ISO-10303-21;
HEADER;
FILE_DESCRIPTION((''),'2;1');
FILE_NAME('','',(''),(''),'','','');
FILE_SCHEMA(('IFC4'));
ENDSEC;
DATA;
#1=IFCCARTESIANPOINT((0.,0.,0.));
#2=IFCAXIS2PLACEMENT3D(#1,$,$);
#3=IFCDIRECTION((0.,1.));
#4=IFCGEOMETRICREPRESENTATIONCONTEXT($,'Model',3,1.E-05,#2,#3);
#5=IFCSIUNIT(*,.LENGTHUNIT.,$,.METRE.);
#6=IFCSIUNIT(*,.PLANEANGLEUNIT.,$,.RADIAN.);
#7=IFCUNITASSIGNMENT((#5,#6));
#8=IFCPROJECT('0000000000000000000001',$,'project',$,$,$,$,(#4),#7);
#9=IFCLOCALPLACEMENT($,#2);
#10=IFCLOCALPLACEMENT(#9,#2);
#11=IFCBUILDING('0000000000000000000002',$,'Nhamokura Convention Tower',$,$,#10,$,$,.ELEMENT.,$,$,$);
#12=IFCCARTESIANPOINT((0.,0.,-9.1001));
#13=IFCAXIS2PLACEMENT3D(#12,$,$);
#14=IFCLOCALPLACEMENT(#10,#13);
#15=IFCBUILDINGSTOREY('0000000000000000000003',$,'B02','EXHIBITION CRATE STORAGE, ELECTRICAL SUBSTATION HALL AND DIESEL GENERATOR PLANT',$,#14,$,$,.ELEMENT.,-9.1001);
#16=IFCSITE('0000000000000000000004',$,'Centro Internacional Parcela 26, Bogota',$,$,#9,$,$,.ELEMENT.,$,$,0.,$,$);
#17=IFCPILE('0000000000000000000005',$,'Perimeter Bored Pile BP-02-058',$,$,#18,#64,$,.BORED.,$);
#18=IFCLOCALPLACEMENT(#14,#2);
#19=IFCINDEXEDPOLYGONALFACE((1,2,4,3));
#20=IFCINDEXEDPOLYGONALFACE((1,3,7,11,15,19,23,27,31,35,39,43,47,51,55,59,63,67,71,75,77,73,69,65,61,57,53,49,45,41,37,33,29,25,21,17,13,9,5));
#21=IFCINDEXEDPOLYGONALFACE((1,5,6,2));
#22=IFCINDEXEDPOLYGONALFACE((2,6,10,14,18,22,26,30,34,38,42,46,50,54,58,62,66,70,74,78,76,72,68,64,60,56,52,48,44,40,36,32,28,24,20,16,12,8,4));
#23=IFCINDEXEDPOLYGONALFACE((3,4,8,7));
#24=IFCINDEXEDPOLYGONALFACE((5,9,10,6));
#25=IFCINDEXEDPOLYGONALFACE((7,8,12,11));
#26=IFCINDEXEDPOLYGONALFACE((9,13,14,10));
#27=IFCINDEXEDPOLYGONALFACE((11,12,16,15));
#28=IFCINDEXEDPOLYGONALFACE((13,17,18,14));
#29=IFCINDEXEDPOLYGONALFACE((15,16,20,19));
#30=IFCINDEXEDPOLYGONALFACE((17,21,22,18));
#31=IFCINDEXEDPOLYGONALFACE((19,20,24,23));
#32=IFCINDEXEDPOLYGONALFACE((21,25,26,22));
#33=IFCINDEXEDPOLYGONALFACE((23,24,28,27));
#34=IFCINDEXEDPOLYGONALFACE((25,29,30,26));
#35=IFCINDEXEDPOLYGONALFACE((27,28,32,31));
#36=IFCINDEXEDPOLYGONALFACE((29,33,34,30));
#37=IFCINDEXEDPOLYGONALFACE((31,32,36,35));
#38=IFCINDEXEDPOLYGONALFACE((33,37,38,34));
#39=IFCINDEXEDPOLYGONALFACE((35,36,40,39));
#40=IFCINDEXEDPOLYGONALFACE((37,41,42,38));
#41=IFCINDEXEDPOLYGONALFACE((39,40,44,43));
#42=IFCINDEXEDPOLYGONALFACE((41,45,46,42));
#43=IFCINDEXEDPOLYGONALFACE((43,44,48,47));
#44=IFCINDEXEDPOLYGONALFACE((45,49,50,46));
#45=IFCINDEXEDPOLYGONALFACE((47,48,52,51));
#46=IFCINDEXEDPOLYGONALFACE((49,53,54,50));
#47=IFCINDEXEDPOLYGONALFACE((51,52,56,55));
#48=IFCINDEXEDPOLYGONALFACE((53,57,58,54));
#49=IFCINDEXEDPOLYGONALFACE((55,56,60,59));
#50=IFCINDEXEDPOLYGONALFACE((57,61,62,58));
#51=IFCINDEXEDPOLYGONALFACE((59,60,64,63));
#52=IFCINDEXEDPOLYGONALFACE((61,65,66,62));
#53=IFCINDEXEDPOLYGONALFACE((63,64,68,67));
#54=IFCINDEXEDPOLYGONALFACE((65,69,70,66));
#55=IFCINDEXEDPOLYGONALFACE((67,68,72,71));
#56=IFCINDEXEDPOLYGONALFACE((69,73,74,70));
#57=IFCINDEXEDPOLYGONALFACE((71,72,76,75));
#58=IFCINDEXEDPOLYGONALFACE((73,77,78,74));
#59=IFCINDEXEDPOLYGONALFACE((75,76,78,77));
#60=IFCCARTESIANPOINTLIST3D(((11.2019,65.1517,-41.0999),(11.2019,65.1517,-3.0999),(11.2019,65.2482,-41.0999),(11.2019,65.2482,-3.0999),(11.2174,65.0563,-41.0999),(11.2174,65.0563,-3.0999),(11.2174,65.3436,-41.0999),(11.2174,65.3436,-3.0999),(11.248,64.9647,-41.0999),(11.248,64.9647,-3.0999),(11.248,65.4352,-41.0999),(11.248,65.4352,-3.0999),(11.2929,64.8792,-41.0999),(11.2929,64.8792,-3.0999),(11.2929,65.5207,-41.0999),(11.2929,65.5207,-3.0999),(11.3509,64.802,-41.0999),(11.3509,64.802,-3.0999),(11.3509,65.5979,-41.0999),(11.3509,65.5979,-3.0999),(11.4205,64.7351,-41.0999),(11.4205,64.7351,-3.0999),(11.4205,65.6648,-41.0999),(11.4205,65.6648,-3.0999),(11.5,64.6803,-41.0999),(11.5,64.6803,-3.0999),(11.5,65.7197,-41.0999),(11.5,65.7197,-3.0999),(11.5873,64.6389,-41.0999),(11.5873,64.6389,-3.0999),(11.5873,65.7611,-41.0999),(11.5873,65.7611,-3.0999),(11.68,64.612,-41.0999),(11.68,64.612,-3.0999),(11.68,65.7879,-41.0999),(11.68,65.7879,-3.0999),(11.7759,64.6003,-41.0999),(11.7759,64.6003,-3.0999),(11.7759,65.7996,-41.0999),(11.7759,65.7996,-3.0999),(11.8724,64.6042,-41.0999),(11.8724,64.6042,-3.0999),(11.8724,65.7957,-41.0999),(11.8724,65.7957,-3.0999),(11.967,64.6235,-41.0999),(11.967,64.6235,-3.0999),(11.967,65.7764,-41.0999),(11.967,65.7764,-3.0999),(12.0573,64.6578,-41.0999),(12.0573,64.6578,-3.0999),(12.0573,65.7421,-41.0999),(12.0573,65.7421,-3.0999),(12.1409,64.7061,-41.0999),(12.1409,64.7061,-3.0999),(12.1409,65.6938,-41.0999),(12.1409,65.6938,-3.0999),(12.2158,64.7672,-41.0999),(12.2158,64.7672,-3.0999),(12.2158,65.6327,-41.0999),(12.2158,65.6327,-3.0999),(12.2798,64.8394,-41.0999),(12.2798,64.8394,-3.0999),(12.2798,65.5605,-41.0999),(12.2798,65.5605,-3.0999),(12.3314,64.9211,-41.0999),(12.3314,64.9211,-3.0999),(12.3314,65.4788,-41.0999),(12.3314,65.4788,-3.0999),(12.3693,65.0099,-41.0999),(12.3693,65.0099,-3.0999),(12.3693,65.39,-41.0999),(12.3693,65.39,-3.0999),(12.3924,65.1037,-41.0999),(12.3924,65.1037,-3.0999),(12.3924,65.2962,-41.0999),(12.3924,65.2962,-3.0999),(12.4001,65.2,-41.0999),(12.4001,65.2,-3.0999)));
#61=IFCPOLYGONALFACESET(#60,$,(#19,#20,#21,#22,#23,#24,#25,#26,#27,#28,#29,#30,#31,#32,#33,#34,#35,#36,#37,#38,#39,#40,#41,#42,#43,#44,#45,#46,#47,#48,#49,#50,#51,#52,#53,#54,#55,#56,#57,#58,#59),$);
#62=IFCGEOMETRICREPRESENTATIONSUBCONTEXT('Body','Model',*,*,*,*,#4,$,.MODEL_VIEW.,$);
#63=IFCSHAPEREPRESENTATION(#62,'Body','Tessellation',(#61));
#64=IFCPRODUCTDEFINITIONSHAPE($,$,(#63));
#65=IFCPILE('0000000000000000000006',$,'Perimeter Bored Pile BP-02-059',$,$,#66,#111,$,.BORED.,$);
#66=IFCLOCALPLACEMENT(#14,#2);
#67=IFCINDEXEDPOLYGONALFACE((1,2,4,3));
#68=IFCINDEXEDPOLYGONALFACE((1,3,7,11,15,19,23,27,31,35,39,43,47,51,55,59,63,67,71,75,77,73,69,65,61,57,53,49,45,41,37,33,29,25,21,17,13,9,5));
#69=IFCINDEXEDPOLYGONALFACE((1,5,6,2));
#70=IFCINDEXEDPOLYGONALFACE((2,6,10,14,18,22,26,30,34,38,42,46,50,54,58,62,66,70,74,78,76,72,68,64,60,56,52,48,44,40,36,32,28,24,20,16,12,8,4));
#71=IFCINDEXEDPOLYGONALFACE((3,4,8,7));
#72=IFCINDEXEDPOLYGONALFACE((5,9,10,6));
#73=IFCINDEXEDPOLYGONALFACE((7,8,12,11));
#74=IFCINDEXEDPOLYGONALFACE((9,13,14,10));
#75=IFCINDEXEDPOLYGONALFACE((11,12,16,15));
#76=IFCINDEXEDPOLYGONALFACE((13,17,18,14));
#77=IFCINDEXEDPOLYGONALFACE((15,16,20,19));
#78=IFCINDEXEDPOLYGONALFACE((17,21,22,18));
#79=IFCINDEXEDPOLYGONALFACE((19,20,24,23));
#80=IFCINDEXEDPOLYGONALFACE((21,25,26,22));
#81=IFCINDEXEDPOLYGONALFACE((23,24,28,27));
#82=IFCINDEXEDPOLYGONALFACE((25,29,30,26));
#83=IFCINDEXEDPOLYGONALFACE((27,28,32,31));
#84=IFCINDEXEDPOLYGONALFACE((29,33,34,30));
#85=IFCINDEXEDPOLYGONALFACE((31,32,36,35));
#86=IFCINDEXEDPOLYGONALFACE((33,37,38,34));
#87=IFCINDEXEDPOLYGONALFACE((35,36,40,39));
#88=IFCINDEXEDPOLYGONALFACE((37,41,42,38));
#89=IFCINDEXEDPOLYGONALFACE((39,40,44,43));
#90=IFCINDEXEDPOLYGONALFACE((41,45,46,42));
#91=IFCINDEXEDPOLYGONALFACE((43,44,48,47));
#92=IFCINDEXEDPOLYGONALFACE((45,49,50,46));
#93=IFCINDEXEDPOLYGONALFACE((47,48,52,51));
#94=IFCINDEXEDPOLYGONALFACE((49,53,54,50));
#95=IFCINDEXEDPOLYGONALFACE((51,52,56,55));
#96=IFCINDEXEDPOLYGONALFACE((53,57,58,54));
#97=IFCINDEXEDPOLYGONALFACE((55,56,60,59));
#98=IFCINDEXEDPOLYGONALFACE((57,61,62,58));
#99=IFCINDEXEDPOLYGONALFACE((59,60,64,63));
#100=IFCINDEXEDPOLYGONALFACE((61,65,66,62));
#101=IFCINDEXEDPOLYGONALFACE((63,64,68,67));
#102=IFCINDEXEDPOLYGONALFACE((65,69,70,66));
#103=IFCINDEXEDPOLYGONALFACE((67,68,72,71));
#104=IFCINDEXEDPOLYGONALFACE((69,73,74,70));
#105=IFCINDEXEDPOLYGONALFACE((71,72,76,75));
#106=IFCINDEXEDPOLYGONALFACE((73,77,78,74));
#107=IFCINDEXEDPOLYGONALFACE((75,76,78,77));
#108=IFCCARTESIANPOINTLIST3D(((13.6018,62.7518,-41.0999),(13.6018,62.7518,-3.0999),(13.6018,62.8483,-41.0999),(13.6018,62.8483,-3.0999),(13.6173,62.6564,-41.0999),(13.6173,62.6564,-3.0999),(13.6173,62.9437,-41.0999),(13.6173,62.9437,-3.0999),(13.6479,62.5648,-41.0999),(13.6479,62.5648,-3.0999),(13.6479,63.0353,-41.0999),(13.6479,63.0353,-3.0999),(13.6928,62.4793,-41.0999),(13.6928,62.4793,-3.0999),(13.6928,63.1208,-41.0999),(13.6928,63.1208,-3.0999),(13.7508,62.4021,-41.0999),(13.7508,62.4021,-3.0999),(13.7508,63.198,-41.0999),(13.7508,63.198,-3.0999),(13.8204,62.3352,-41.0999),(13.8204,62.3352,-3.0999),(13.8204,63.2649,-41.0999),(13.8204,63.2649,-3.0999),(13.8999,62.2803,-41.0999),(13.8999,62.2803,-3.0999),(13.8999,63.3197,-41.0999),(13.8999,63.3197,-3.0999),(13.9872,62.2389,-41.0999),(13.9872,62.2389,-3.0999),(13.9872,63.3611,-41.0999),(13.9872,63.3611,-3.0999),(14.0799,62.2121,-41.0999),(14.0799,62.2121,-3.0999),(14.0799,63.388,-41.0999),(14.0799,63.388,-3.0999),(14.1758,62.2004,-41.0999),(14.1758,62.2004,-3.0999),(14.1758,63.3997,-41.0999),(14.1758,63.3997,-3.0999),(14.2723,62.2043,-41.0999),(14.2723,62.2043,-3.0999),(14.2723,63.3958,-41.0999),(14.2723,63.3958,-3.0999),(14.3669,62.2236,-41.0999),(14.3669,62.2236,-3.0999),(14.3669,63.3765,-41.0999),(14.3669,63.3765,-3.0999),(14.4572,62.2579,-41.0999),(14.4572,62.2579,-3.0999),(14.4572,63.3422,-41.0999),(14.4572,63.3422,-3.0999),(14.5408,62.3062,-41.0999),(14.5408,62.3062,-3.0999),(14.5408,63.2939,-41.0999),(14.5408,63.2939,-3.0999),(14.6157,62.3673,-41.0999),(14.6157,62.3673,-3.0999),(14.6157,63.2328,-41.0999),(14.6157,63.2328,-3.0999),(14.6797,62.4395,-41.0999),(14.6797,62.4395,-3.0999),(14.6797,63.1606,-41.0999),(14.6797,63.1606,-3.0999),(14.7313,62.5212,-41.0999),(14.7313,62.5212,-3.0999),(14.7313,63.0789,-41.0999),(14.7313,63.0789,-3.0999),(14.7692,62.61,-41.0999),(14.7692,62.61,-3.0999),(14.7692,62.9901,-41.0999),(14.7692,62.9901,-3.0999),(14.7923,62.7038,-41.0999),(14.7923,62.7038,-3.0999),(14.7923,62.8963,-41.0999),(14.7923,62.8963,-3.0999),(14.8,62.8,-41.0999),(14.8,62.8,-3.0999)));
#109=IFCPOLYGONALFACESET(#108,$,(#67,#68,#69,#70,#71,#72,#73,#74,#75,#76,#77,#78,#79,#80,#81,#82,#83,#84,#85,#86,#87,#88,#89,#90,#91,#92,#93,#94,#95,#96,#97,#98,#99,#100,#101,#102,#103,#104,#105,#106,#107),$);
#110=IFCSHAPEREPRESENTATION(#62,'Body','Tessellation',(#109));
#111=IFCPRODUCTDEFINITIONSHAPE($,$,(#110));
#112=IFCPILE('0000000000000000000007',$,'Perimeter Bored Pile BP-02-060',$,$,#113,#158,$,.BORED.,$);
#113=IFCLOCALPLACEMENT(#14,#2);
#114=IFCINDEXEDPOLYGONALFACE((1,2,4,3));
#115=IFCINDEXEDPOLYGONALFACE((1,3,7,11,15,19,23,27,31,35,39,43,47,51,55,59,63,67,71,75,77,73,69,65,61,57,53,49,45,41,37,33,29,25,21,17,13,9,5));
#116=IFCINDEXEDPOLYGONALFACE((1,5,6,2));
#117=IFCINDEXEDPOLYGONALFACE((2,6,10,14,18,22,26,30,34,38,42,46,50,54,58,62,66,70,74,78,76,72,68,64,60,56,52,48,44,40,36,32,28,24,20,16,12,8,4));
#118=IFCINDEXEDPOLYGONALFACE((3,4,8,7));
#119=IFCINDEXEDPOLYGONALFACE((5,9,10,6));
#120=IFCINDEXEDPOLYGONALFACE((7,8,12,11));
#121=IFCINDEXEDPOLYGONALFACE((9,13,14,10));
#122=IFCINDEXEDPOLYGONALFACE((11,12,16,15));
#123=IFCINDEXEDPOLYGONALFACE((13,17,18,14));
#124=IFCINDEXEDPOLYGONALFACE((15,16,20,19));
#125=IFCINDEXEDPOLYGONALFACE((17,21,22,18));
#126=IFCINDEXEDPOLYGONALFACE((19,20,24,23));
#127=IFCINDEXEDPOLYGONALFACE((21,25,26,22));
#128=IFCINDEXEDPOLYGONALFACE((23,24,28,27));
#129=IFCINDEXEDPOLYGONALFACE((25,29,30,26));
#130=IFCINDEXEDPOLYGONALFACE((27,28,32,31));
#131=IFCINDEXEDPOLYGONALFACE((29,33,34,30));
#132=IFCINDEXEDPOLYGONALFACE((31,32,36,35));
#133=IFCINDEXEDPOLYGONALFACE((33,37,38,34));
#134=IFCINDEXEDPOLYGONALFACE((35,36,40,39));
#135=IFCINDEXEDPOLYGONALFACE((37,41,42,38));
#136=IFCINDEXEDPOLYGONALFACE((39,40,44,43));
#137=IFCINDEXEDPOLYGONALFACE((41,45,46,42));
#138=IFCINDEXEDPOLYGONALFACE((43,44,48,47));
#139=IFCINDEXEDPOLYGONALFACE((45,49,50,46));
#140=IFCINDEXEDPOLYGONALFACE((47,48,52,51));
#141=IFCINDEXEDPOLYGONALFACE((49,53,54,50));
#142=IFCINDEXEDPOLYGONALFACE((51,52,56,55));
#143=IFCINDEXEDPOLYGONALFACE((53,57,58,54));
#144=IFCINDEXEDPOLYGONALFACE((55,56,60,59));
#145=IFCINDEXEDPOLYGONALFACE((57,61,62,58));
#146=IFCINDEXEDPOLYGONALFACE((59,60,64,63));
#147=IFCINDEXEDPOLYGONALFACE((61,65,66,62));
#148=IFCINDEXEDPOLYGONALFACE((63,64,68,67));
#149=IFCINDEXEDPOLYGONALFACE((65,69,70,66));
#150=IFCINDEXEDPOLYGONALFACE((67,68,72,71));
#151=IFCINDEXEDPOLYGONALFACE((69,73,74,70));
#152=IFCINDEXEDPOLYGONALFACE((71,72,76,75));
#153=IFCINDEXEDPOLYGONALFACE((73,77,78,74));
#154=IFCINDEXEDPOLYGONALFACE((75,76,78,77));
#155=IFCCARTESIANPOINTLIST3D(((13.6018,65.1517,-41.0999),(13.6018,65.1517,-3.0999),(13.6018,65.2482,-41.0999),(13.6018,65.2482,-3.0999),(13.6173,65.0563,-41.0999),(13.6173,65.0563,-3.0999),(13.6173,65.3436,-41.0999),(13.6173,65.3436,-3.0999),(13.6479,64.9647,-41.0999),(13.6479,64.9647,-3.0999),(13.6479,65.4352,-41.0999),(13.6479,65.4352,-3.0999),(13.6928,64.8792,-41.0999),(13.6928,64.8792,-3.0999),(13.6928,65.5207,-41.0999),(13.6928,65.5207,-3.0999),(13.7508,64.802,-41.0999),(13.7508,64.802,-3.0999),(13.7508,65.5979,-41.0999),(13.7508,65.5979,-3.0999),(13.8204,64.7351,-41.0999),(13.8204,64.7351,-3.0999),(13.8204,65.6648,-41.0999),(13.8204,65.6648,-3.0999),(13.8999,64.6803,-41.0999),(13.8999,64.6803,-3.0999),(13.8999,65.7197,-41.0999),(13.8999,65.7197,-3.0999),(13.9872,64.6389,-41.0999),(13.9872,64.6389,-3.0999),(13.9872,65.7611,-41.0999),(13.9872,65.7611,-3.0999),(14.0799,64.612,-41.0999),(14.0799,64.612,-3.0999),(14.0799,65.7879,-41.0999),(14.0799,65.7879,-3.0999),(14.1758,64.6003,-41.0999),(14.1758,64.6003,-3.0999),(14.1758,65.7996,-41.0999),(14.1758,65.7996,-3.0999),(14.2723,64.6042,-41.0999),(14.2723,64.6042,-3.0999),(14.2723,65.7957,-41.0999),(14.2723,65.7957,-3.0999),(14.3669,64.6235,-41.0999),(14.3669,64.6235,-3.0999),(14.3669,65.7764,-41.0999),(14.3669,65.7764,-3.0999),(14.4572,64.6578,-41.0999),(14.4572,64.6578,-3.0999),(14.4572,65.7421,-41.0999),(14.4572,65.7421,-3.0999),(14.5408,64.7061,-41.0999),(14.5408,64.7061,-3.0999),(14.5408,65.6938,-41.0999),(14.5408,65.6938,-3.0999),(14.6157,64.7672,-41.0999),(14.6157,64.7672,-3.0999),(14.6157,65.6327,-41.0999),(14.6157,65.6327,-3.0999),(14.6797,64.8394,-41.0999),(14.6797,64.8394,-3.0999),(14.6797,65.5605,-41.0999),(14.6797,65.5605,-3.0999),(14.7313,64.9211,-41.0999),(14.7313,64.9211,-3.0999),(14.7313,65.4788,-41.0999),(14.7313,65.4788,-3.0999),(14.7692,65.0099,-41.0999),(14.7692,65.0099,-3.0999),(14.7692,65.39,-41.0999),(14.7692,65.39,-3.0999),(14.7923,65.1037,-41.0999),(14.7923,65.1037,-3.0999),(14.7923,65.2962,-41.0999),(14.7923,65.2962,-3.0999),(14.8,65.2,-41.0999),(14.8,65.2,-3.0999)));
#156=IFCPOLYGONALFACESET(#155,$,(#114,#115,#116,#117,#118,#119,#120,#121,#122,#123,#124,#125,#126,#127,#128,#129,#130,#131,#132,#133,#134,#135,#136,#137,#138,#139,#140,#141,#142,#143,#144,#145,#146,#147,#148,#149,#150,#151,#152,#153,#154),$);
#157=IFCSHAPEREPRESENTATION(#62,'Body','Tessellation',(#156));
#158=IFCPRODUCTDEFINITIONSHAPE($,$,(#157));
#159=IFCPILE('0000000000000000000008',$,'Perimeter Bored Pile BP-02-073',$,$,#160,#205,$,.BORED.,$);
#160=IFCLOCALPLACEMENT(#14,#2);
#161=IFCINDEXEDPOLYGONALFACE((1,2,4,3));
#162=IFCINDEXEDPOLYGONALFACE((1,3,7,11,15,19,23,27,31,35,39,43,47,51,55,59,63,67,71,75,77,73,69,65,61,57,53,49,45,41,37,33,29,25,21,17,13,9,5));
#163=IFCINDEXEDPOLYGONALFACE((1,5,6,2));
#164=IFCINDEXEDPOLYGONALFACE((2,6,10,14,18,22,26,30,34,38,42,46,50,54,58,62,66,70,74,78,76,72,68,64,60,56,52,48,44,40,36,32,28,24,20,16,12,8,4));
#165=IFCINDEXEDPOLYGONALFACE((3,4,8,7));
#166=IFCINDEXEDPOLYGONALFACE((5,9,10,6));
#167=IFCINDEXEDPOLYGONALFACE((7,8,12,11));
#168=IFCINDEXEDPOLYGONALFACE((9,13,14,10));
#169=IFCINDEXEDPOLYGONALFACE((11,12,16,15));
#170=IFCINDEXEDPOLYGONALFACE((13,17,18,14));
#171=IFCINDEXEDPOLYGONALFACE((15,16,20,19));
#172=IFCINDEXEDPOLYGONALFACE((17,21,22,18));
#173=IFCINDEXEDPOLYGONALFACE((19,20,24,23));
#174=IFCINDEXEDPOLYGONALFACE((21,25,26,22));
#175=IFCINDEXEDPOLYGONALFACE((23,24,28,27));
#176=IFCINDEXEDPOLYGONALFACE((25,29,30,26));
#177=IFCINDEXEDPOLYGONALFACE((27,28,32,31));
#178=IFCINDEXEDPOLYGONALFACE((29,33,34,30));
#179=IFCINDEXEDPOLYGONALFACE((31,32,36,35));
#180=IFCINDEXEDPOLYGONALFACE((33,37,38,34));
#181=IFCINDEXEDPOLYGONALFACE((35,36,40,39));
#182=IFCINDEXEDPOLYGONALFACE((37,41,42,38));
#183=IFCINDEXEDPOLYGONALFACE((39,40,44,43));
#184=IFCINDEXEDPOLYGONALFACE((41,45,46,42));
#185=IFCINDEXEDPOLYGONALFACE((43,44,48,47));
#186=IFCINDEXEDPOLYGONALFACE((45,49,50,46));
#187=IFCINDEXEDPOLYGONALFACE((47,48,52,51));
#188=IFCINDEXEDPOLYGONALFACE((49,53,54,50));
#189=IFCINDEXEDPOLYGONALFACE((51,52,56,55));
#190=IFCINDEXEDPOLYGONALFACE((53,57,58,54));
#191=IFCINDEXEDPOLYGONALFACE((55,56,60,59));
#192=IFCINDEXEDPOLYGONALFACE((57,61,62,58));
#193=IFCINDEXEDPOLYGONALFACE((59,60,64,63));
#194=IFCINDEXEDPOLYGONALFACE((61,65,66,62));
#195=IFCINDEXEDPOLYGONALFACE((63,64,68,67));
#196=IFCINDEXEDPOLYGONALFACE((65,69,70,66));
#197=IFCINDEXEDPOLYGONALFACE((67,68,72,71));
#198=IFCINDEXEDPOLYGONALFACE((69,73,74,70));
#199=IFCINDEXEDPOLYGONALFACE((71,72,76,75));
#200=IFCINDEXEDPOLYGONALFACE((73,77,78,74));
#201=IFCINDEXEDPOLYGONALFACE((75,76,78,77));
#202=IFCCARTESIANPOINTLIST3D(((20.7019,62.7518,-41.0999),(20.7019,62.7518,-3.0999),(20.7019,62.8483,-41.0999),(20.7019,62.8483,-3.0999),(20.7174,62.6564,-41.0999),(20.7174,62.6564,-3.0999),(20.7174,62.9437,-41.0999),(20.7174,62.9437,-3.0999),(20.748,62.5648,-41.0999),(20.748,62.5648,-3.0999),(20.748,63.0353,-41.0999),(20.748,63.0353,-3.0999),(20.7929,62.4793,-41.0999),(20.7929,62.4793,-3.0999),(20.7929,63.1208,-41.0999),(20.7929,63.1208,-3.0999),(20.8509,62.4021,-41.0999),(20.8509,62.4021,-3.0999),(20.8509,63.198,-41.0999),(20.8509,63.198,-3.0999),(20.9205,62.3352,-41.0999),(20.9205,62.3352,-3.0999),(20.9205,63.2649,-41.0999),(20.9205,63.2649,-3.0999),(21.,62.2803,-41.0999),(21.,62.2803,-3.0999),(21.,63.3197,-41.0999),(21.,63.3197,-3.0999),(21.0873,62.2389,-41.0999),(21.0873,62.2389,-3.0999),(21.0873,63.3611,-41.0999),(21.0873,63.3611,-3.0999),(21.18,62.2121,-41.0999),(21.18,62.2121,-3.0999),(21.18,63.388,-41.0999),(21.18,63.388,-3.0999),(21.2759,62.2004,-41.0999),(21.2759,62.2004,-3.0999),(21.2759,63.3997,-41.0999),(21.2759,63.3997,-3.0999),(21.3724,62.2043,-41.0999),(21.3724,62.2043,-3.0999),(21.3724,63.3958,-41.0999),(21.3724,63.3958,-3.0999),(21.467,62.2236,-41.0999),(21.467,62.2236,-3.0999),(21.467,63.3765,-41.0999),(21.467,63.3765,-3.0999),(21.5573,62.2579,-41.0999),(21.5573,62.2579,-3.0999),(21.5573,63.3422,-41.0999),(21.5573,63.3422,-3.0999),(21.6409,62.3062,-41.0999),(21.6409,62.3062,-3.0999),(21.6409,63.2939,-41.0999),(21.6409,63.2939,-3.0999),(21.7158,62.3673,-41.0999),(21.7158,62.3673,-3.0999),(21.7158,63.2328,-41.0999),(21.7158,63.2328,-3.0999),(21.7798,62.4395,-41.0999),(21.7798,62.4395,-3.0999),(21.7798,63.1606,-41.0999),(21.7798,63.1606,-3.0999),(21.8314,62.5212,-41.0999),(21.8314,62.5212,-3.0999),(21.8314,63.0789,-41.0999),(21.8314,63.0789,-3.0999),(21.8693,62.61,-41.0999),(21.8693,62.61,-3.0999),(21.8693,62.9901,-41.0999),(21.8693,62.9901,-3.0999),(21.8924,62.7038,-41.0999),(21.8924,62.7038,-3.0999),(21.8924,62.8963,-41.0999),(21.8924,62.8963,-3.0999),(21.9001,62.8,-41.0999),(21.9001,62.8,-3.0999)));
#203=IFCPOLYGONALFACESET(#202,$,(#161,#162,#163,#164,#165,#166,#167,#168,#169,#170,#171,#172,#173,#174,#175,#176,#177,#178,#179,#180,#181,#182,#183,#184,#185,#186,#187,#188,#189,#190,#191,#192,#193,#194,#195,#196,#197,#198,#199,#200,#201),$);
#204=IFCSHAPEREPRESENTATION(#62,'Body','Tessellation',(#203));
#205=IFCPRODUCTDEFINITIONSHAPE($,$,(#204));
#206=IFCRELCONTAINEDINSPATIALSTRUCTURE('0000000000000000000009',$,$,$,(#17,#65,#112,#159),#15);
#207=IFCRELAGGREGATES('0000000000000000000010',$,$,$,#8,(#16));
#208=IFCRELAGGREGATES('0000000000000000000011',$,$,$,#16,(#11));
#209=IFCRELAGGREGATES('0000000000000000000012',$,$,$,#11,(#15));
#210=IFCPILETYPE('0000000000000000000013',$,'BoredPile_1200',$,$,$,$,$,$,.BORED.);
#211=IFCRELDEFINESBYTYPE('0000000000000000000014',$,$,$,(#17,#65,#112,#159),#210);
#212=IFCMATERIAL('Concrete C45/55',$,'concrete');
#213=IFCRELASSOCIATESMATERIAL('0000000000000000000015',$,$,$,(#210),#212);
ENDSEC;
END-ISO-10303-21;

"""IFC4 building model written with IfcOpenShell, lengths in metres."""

from ifc_helpers import new_model, si_unit, direction, frame, origin, origin_2d, place, context, subcontext, project, spatial, circle, extrude, material, material_profile, profile_set, type_object, element, save


model = new_model("IFC4")

# Units and contexts
model_context = context("Model", 3, precision=1e-05, world=origin(), true_north=direction((0.0, 1.0)))
body_context = subcontext(model_context, "Body", "Model", "MODEL_VIEW")
ifc_project = project(units=[si_unit("LENGTHUNIT", "METRE"), si_unit("PLANEANGLEUNIT", "RADIAN")], contexts=[model_context])

# Site, building, storey
site_placement = place(None, origin())
site = spatial("IfcSite", under=ifc_project, at=site_placement, Name="Centro Internacional Parcela 26, Bogota", CompositionType="ELEMENT", RefElevation=0.0)
building_placement = place(site_placement, origin())
building = spatial("IfcBuilding", under=site, at=building_placement, Name="Nhamokura Convention Tower", CompositionType="ELEMENT")
storey_placement = place(building_placement, frame((0.0, 0.0, -9.1001)))
storey = spatial("IfcBuildingStorey", under=building, at=storey_placement, Name="B02", Description="EXHIBITION CRATE STORAGE, ELECTRICAL SUBSTATION HALL AND DIESEL GENERATOR PLANT", CompositionType="ELEMENT", Elevation=-9.1001)

# Piles
ifc_material_1 = material(Name="Concrete C45/55", Category="concrete")
ifc_material_profile_1 = material_profile(ifc_material_1, circle(Radius=0.6001, at=origin_2d()))
ifc_profile_set_1 = profile_set([ifc_material_profile_1], Name="Concrete C45/55")
pile_type = type_object("IfcPileType", Name="BoredPile_1200", PredefinedType="BORED", material=ifc_profile_set_1)
for number, where, z_axis, x_axis, name in (
    (1, (11.8, 65.2, -3.0999), (0.0, 0.0, -1.0), (1.0, 0.0, 0.0), "Perimeter Bored Pile BP-02-058"),
    (2, (14.2, 62.8, -3.0999), (0.0, 0.0, -1.0), (1.0, 0.0, 0.0), "Perimeter Bored Pile BP-02-059"),
    (3, (14.2, 65.2, -3.0999), (0.0, 0.0, -1.0), (1.0, 0.0, 0.0), "Perimeter Bored Pile BP-02-060"),
    (4, (21.3, 62.8, -3.0999), (0.0, 0.0, -1.0), (1.0, 0.0, 0.0), "Perimeter Bored Pile BP-02-073"),
):
    element("IfcPile", number, at=place(storey_placement, frame(where, z_axis=z_axis, x_axis=x_axis)), inside=storey, type_object=pile_type, Name=name, PredefinedType="BORED", context=body_context, shape_type="SweptSolid", body=[
        extrude(circle(Radius=0.6001, at=origin_2d()), origin(), (0.0, 0.0, 1.0), 38.0),
    ])

save(model, "model.ifc")
